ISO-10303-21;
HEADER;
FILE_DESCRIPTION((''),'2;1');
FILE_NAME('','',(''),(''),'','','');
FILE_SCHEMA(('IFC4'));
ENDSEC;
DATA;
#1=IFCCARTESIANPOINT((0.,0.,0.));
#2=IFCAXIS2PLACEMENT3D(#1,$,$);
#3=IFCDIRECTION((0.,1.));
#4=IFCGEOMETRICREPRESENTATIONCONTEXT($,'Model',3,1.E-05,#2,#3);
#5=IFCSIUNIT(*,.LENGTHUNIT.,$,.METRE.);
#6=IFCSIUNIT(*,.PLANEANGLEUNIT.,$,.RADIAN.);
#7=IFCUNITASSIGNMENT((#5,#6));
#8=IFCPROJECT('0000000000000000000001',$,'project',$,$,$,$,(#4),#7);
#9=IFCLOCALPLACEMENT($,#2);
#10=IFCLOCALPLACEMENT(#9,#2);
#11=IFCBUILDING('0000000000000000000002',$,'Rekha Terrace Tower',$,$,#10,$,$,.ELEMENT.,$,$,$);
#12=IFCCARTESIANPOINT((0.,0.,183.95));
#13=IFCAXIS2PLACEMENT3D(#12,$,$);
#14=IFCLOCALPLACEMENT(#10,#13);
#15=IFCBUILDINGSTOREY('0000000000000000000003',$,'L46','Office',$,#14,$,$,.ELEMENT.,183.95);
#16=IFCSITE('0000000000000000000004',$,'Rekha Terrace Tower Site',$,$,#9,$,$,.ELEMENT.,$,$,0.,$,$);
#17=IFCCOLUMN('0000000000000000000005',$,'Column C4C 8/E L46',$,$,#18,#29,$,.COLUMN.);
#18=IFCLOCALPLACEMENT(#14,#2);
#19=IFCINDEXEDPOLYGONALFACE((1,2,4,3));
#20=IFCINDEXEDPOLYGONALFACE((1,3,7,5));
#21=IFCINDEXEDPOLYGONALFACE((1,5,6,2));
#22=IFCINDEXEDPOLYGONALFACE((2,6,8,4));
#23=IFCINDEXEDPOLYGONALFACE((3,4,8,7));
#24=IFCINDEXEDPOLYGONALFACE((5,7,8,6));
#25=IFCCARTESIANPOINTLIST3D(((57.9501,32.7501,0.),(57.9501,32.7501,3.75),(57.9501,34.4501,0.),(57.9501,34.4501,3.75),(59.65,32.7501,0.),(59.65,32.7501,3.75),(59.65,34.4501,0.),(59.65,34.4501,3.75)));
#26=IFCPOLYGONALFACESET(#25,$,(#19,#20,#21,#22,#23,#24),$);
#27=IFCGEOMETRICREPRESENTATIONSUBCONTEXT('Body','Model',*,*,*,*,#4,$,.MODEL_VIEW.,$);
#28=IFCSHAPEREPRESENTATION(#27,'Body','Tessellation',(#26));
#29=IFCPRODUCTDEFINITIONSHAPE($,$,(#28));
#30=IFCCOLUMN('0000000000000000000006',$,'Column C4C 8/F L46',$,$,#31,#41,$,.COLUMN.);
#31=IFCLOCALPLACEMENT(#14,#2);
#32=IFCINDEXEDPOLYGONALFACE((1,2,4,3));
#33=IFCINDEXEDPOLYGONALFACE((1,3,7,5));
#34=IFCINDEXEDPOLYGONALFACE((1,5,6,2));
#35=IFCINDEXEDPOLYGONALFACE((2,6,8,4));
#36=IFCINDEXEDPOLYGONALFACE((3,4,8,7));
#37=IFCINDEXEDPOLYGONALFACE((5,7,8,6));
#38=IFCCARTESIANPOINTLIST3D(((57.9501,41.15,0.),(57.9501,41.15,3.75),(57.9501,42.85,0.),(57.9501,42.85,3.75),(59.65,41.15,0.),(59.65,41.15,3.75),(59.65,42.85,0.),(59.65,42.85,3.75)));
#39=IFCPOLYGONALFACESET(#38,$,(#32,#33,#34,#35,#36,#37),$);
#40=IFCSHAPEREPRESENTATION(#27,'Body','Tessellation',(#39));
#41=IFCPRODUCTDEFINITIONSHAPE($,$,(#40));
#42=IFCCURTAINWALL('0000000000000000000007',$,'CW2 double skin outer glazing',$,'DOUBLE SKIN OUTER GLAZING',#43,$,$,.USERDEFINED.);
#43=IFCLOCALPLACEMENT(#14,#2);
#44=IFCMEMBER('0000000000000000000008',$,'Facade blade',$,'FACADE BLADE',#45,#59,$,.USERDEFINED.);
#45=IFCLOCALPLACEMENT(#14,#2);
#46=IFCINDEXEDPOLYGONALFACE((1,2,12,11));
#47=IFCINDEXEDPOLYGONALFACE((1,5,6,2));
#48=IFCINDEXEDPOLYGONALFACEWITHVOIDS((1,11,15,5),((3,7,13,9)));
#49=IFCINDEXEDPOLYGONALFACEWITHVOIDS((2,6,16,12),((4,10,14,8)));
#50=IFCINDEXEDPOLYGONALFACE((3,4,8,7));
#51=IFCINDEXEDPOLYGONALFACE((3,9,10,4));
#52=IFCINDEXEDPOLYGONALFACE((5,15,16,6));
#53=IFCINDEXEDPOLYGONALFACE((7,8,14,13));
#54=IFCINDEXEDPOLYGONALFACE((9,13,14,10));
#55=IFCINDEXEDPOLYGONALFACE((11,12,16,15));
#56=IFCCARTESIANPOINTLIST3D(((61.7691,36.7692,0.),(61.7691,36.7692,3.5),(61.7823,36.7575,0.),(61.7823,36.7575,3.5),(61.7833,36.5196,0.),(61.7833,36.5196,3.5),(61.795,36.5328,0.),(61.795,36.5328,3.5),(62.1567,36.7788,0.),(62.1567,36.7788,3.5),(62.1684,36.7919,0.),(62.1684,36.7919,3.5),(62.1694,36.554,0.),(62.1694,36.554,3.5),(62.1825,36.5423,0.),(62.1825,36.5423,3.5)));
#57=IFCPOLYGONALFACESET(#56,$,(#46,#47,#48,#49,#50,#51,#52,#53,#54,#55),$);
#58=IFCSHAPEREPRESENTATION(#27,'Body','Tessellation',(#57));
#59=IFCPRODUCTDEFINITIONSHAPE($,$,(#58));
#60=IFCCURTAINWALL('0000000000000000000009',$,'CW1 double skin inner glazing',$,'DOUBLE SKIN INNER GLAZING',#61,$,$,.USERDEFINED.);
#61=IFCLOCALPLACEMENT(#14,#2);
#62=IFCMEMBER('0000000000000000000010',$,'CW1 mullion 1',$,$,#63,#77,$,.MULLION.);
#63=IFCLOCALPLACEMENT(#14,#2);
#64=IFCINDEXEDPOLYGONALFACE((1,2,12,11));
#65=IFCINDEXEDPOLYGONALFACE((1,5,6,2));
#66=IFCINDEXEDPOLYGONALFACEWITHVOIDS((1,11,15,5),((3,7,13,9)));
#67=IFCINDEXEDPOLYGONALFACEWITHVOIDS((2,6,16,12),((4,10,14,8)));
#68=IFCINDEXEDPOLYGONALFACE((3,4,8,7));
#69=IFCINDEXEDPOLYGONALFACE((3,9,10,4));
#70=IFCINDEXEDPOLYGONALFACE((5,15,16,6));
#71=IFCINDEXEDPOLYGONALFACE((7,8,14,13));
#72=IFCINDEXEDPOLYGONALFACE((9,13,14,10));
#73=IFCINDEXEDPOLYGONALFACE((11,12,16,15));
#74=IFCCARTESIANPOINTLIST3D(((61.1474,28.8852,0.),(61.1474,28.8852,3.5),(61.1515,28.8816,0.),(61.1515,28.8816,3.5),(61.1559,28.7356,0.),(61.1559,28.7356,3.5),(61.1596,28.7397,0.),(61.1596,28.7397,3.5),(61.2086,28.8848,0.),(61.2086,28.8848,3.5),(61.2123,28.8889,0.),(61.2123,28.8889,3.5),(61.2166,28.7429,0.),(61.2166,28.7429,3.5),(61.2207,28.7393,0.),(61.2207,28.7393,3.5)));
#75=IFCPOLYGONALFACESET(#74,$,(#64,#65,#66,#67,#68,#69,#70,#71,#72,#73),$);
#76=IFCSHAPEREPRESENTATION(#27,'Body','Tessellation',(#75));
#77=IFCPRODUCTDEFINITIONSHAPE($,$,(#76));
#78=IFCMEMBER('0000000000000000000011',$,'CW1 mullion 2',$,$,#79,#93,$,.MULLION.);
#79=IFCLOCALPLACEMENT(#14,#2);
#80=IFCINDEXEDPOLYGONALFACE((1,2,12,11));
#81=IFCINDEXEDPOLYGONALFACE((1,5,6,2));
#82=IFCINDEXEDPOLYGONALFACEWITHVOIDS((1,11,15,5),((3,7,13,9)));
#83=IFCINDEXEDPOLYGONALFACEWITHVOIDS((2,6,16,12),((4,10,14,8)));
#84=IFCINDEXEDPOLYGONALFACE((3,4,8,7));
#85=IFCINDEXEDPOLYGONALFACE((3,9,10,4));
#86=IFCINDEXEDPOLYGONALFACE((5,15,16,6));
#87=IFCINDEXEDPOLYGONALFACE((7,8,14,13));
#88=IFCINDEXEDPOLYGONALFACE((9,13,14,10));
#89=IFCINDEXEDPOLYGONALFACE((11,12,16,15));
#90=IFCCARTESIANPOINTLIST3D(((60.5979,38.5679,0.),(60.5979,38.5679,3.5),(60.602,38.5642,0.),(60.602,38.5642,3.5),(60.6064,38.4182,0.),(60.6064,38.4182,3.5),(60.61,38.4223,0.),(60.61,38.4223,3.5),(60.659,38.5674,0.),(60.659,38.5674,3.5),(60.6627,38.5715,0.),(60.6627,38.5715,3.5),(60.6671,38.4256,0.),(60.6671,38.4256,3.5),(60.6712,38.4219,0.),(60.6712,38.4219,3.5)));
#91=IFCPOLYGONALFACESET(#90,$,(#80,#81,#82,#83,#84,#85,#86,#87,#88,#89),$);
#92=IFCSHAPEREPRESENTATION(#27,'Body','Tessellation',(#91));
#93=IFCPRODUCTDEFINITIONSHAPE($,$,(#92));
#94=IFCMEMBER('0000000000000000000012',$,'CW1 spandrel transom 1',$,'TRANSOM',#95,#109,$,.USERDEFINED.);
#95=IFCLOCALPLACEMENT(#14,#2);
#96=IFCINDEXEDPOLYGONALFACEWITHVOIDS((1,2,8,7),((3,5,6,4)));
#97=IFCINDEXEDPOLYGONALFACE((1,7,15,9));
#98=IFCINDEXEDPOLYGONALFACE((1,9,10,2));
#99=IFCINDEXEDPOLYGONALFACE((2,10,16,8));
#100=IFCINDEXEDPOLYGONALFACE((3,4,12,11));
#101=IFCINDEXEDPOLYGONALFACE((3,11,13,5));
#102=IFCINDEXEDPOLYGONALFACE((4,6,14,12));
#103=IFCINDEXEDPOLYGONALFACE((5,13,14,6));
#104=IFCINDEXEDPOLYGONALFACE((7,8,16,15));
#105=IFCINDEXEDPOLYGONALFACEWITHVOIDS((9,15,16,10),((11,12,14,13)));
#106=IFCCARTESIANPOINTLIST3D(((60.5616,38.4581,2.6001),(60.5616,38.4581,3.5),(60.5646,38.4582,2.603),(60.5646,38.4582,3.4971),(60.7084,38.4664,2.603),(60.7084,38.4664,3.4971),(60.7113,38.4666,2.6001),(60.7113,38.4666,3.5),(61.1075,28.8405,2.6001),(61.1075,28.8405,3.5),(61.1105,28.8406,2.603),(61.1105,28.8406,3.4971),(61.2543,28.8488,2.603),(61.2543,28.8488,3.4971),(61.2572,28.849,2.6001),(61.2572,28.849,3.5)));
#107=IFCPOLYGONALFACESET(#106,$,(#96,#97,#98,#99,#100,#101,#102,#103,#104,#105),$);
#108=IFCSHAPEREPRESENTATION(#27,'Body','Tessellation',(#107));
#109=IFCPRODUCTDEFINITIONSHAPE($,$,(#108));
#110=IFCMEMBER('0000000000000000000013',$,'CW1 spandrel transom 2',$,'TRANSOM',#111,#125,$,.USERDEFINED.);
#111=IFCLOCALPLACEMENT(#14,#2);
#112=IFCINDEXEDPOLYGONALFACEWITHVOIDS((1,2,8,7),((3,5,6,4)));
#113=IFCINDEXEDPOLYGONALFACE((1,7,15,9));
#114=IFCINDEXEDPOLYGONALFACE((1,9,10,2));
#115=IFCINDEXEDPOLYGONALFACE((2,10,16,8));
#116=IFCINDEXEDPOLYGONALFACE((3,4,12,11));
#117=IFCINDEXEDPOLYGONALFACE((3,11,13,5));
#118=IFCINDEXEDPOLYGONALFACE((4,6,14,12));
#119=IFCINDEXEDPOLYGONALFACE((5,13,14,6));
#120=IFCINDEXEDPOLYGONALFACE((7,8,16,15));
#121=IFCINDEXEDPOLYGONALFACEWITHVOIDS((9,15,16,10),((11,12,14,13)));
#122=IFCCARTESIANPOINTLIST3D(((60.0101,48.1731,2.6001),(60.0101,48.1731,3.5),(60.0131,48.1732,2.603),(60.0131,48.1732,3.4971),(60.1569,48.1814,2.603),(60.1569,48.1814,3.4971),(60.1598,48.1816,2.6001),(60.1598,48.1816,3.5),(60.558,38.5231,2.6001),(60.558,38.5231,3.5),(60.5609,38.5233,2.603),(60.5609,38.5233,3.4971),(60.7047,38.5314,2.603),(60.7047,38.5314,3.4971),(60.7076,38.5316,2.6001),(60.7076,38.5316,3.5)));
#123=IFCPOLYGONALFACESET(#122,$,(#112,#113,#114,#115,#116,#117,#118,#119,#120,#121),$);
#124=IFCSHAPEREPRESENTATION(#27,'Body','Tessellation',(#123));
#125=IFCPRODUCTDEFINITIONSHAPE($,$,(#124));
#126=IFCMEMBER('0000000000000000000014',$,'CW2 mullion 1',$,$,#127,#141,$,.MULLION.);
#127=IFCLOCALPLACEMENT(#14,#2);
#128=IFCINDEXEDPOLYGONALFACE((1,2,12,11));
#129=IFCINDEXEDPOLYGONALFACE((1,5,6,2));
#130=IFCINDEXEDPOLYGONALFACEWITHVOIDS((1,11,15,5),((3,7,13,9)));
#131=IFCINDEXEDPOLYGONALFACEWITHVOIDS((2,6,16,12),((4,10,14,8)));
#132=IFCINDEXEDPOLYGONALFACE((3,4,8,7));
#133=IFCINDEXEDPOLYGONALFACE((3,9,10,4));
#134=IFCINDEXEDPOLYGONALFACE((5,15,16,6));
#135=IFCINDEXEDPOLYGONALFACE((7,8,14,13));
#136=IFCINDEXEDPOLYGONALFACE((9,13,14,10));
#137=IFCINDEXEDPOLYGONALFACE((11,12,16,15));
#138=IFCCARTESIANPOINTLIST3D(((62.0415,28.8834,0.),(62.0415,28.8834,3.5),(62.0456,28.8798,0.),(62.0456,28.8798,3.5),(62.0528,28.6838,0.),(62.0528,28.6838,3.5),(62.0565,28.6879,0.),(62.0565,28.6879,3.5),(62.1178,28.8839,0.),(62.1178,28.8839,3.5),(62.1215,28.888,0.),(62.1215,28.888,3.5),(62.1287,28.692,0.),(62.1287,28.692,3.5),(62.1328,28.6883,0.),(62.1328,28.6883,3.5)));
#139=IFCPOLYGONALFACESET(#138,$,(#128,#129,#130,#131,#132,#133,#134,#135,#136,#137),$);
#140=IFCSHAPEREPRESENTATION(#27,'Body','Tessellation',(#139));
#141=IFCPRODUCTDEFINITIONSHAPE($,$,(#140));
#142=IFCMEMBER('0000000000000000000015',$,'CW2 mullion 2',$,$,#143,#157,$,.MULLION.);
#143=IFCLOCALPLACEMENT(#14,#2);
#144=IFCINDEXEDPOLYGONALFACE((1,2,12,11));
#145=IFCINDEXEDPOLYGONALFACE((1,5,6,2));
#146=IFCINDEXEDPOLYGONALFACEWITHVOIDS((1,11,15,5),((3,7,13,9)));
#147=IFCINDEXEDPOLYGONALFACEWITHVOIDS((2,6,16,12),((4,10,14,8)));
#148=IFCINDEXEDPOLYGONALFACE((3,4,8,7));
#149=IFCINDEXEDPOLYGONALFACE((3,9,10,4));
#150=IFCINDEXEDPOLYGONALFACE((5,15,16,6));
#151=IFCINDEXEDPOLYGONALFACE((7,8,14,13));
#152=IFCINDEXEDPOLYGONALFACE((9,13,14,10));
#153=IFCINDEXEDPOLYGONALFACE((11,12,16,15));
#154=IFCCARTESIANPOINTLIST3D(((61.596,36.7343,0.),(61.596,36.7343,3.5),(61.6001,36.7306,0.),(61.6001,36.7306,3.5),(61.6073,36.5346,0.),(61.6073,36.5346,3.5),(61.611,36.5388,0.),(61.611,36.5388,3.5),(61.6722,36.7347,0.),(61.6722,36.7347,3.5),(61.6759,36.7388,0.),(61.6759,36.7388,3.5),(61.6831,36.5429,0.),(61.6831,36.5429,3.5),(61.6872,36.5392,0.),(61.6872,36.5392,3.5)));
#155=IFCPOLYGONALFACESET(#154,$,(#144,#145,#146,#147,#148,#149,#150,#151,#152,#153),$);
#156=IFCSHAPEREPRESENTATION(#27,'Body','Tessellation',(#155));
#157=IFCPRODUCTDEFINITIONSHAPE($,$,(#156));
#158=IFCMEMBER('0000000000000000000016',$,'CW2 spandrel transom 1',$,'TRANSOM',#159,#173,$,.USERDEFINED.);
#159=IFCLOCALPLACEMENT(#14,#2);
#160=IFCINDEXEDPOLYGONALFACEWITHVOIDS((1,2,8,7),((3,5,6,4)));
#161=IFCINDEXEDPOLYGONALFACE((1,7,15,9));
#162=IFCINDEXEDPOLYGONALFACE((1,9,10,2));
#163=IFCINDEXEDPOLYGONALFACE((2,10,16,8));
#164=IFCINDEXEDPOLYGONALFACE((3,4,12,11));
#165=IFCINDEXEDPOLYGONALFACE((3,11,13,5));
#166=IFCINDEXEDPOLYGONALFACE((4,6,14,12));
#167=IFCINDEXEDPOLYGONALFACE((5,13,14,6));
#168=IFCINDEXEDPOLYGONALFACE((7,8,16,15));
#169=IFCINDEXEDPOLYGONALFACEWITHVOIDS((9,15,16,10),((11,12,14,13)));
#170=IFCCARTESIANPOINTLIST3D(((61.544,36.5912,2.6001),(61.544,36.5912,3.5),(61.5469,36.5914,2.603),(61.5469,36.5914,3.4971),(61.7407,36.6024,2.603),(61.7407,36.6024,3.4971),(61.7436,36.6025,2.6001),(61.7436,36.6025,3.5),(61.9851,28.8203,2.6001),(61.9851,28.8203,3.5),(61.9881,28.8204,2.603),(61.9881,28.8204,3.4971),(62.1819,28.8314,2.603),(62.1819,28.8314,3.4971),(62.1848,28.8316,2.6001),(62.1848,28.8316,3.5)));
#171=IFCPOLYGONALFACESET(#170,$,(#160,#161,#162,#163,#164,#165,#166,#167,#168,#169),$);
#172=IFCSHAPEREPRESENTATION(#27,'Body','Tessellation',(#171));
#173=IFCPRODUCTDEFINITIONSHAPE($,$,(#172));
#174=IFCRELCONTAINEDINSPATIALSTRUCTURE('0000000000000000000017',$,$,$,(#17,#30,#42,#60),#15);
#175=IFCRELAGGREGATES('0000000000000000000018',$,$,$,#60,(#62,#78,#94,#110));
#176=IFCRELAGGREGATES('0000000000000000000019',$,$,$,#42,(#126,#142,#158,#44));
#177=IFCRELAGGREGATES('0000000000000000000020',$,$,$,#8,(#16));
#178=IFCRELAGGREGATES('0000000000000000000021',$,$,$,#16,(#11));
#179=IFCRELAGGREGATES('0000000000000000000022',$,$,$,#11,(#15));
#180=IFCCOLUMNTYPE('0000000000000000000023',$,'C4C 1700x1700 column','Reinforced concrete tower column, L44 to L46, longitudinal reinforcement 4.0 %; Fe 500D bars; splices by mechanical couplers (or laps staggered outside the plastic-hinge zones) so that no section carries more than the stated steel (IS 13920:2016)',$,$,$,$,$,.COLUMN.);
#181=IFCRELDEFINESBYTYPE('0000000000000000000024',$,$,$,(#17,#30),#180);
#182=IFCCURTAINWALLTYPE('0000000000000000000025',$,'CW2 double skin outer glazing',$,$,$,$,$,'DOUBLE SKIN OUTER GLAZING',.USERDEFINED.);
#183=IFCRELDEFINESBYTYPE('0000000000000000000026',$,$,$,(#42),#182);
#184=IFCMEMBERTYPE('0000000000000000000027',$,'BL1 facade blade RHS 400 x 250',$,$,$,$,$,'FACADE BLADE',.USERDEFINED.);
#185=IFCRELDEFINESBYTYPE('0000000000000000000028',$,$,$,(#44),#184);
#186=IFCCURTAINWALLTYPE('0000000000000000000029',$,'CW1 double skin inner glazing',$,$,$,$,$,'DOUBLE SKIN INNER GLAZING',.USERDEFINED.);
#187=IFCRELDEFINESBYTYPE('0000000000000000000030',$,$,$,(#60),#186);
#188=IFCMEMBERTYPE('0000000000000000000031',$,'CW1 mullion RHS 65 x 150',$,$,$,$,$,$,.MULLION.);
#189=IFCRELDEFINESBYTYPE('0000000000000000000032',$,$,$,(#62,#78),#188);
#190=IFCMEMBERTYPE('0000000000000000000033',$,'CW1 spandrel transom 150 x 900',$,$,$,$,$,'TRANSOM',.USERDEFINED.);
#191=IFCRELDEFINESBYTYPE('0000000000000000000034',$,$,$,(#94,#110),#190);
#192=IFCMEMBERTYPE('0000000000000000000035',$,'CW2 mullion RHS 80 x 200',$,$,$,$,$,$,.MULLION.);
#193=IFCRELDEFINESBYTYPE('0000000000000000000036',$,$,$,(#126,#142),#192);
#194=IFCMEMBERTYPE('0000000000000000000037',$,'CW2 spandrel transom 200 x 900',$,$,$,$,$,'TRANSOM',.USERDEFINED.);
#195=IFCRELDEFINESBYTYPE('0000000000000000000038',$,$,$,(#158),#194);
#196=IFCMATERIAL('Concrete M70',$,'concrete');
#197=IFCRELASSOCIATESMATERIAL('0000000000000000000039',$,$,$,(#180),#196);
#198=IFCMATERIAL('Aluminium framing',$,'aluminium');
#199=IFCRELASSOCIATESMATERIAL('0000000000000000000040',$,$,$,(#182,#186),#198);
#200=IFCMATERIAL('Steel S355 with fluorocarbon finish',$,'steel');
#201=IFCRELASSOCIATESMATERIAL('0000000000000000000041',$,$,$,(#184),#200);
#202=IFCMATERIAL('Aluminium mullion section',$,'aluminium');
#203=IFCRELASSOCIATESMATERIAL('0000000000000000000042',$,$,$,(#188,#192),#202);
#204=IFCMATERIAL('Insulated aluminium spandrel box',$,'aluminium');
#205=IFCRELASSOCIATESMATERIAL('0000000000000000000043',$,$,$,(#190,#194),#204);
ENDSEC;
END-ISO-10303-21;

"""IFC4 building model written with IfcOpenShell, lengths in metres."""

from ifc_helpers import new_model, si_unit, direction, frame, origin, origin_2d, place, context, subcontext, project, spatial, rectangle, hollow_rectangle, extrude, material, material_profile, profile_set, type_object, element, aggregate, save


model = new_model("IFC4")

# Units and contexts
model_context = context("Model", 3, precision=1e-05, world=origin(), true_north=direction((0.0, 1.0)))
body_context = subcontext(model_context, "Body", "Model", "MODEL_VIEW")
ifc_project = project(units=[si_unit("LENGTHUNIT", "METRE"), si_unit("PLANEANGLEUNIT", "RADIAN")], contexts=[model_context])

# Site, building, storey
site_placement = place(None, origin())
site = spatial("IfcSite", under=ifc_project, at=site_placement, Name="Rekha Terrace Tower Site", CompositionType="ELEMENT", RefElevation=0.0)
building_placement = place(site_placement, origin())
building = spatial("IfcBuilding", under=site, at=building_placement, Name="Rekha Terrace Tower", CompositionType="ELEMENT")
storey_placement = place(building_placement, frame((0.0, 0.0, 183.95)))
storey = spatial("IfcBuildingStorey", under=building, at=storey_placement, Name="L46", Description="Office", CompositionType="ELEMENT", Elevation=183.95)

# Columns
ifc_material_1 = material(Name="Concrete M70", Category="concrete")
ifc_material_profile_1 = material_profile(ifc_material_1, rectangle(XDim=1.7, YDim=1.7, at=origin_2d()), Name="RC 1700x1700")
ifc_profile_set_1 = profile_set([ifc_material_profile_1], Name="Concrete M70")
column_type = type_object("IfcColumnType", Name="C4C 1700x1700 column", Description="Reinforced concrete tower column, L44 to L46, longitudinal reinforcement 4.0 %; Fe 500D bars; splices by mechanical couplers (or laps staggered outside the plastic-hinge zones) so that no section carries more than the stated steel (IS 13920:2016)", PredefinedType="COLUMN", material=ifc_profile_set_1)
for number, where, z_axis, x_axis, name in (
    (1, (58.8, 33.6001, 0.0), (0.0, 0.0, 1.0), (1.0, 0.0, 0.0), "Column C4C 8/E L46"),
    (2, (58.8, 42.0, 0.0), (0.0, 0.0, 1.0), (1.0, 0.0, 0.0), "Column C4C 8/F L46"),
):
    element("IfcColumn", number, at=place(storey_placement, frame(where, z_axis=z_axis, x_axis=x_axis)), inside=storey, type_object=column_type, Name=name, PredefinedType="COLUMN", context=body_context, shape_type="SweptSolid", body=[
        extrude(rectangle(XDim=1.7, YDim=1.7, at=origin_2d()), origin(), (0.0, 0.0, 1.0), 3.75),
    ])

# Curtain wall, member
ifc_material_2 = material(Name="Aluminium framing", Category="aluminium")
curtain_wall_type_1 = type_object("IfcCurtainWallType", Name="CW2 double skin outer glazing", ElementType="DOUBLE SKIN OUTER GLAZING", PredefinedType="USERDEFINED", material=ifc_material_2)
curtain_wall_1_placement = place(storey_placement, origin())
curtain_wall_1 = element("IfcCurtainWall", 3, at=curtain_wall_1_placement, inside=storey, type_object=curtain_wall_type_1, Name="CW2 double skin outer glazing", ObjectType="DOUBLE SKIN OUTER GLAZING", PredefinedType="USERDEFINED")
ifc_material_3 = material(Name="Steel S355 with fluorocarbon finish", Category="steel")
ifc_material_profile_2 = material_profile(ifc_material_3, hollow_rectangle(XDim=0.25, YDim=0.3999, WallThickness=0.0125, at=origin_2d()), Name="RHS400x250x12.5")
ifc_profile_set_2 = profile_set([ifc_material_profile_2], Name="Steel S355 with fluorocarbon finish")
member_type_1 = type_object("IfcMemberType", Name="BL1 facade blade RHS 400 x 250", ElementType="FACADE BLADE", PredefinedType="USERDEFINED", material=ifc_profile_set_2)
member_1_placement = place(storey_placement, frame((61.9758, 36.6558, 0.0), z_axis=(0.0, 0.0, 1.0), x_axis=(-0.056674, 0.998393, 0.0)))
member_1 = element("IfcMember", 4, at=member_1_placement, type_object=member_type_1, Name="Facade blade", ObjectType="FACADE BLADE", PredefinedType="USERDEFINED", context=body_context, shape_type="SweptSolid", body=[
    extrude(hollow_rectangle(XDim=0.25, YDim=0.3999, WallThickness=0.0125, at=origin_2d()), origin(), (0.0, 0.0, 1.0), 3.5),
])

# Curtain wall, members
curtain_wall_type_2 = type_object("IfcCurtainWallType", Name="CW1 double skin inner glazing", ElementType="DOUBLE SKIN INNER GLAZING", PredefinedType="USERDEFINED", material=ifc_material_2)
curtain_wall_2_placement = place(storey_placement, origin())
curtain_wall_2 = element("IfcCurtainWall", 5, at=curtain_wall_2_placement, inside=storey, type_object=curtain_wall_type_2, Name="CW1 double skin inner glazing", ObjectType="DOUBLE SKIN INNER GLAZING", PredefinedType="USERDEFINED")
ifc_material_4 = material(Name="Aluminium mullion section", Category="aluminium")
ifc_material_profile_3 = material_profile(ifc_material_4, hollow_rectangle(XDim=0.0649, YDim=0.1499, WallThickness=0.0039, at=origin_2d()), Name="AL RHS 65x150")
ifc_profile_set_3 = profile_set([ifc_material_profile_3], Name="Aluminium mullion section")
member_type_2 = type_object("IfcMemberType", Name="CW1 mullion RHS 65 x 150", PredefinedType="MULLION", material=ifc_profile_set_3)
member_2_placement = place(storey_placement, frame((61.1841, 28.8123, 0.0), z_axis=(0.0, 0.0, 1.0), x_axis=(-0.998393, -0.056673, 0.0)))
member_2 = element("IfcMember", 6, at=member_2_placement, type_object=member_type_2, Name="CW1 mullion 1", PredefinedType="MULLION", context=body_context, shape_type="SweptSolid", body=[
    extrude(hollow_rectangle(XDim=0.0649, YDim=0.1499, WallThickness=0.0039, at=origin_2d()), origin(), (0.0, 0.0, 1.0), 3.5),
])
member_3_placement = place(storey_placement, frame((60.6345, 38.4949, 0.0), z_axis=(0.0, 0.0, 1.0), x_axis=(-0.998393, -0.056673, 0.0)))
member_3 = element("IfcMember", 7, at=member_3_placement, type_object=member_type_2, Name="CW1 mullion 2", PredefinedType="MULLION", context=body_context, shape_type="SweptSolid", body=[
    extrude(hollow_rectangle(XDim=0.0649, YDim=0.1499, WallThickness=0.0039, at=origin_2d()), origin(), (0.0, 0.0, 1.0), 3.5),
])
ifc_material_5 = material(Name="Insulated aluminium spandrel box", Category="aluminium")
ifc_material_profile_4 = material_profile(ifc_material_5, hollow_rectangle(XDim=0.1499, YDim=0.8999, WallThickness=0.0029, at=origin_2d()), Name="AL SPANDREL BOX 150x900")
ifc_profile_set_4 = profile_set([ifc_material_profile_4], Name="Insulated aluminium spandrel box")
member_type_3 = type_object("IfcMemberType", Name="CW1 spandrel transom 150 x 900", ElementType="TRANSOM", PredefinedType="USERDEFINED", material=ifc_profile_set_4)
member_4_placement = place(storey_placement, frame((61.1824, 28.8447, 3.05), z_axis=(-0.056669, 0.998393, 0.0), x_axis=(-0.998393, -0.056669, 0.0)))
member_4 = element("IfcMember", 8, at=member_4_placement, type_object=member_type_3, Name="CW1 spandrel transom 1", ObjectType="TRANSOM", PredefinedType="USERDEFINED", context=body_context, shape_type="SweptSolid", body=[
    extrude(hollow_rectangle(XDim=0.1499, YDim=0.8999, WallThickness=0.0029, at=origin_2d()), origin(), (0.0, 0.0, 1.0), 9.6331),
])
member_5_placement = place(storey_placement, frame((60.6328, 38.5273, 3.05), z_axis=(-0.056681, 0.998392, 0.0), x_axis=(-0.998392, -0.056681, 0.0)))
member_5 = element("IfcMember", 9, at=member_5_placement, type_object=member_type_3, Name="CW1 spandrel transom 2", ObjectType="TRANSOM", PredefinedType="USERDEFINED", context=body_context, shape_type="SweptSolid", body=[
    extrude(hollow_rectangle(XDim=0.1499, YDim=0.8999, WallThickness=0.0029, at=origin_2d()), origin(), (0.0, 0.0, 1.0), 9.6655),
])

# Members
ifc_material_profile_5 = material_profile(ifc_material_4, hollow_rectangle(XDim=0.0801, YDim=0.2, WallThickness=0.0039, at=origin_2d()), Name="AL RHS 80x200")
ifc_profile_set_5 = profile_set([ifc_material_profile_5], Name="Aluminium mullion section")
member_type_4 = type_object("IfcMemberType", Name="CW2 mullion RHS 80 x 200", PredefinedType="MULLION", material=ifc_profile_set_5)
member_6_placement = place(storey_placement, frame((62.0872, 28.7859, 0.0), z_axis=(0.0, 0.0, 1.0), x_axis=(-0.998393, -0.056673, 0.0)))
member_6 = element("IfcMember", 10, at=member_6_placement, type_object=member_type_4, Name="CW2 mullion 1", PredefinedType="MULLION", context=body_context, shape_type="SweptSolid", body=[
    extrude(hollow_rectangle(XDim=0.0801, YDim=0.2, WallThickness=0.0039, at=origin_2d()), origin(), (0.0, 0.0, 1.0), 3.5),
])
member_7_placement = place(storey_placement, frame((61.6416, 36.6367, 0.0), z_axis=(0.0, 0.0, 1.0), x_axis=(-0.998393, -0.056673, 0.0)))
member_7 = element("IfcMember", 11, at=member_7_placement, type_object=member_type_4, Name="CW2 mullion 2", PredefinedType="MULLION", context=body_context, shape_type="SweptSolid", body=[
    extrude(hollow_rectangle(XDim=0.0801, YDim=0.2, WallThickness=0.0039, at=origin_2d()), origin(), (0.0, 0.0, 1.0), 3.5),
])
ifc_material_profile_6 = material_profile(ifc_material_5, hollow_rectangle(XDim=0.2, YDim=0.8999, WallThickness=0.0029, at=origin_2d()), Name="AL SPANDREL BOX 200x900")
ifc_profile_set_6 = profile_set([ifc_material_profile_6], Name="Insulated aluminium spandrel box")
member_type_5 = type_object("IfcMemberType", Name="CW2 spandrel transom 200 x 900", ElementType="TRANSOM", PredefinedType="USERDEFINED", material=ifc_profile_set_6)
member_8_placement = place(storey_placement, frame((62.085, 28.8259, 3.05), z_axis=(-0.056679, 0.998392, 0.0), x_axis=(-0.998392, -0.056679, 0.0)))
member_8 = element("IfcMember", 12, at=member_8_placement, type_object=member_type_5, Name="CW2 spandrel transom 1", ObjectType="TRANSOM", PredefinedType="USERDEFINED", context=body_context, shape_type="SweptSolid", body=[
    extrude(hollow_rectangle(XDim=0.2, YDim=0.8999, WallThickness=0.0029, at=origin_2d()), origin(), (0.0, 0.0, 1.0), 7.7834),
])

aggregate(curtain_wall_2, [member_2, member_3, member_4, member_5])
aggregate(curtain_wall_1, [member_6, member_7, member_8, member_1])

save(model, "model.ifc")
